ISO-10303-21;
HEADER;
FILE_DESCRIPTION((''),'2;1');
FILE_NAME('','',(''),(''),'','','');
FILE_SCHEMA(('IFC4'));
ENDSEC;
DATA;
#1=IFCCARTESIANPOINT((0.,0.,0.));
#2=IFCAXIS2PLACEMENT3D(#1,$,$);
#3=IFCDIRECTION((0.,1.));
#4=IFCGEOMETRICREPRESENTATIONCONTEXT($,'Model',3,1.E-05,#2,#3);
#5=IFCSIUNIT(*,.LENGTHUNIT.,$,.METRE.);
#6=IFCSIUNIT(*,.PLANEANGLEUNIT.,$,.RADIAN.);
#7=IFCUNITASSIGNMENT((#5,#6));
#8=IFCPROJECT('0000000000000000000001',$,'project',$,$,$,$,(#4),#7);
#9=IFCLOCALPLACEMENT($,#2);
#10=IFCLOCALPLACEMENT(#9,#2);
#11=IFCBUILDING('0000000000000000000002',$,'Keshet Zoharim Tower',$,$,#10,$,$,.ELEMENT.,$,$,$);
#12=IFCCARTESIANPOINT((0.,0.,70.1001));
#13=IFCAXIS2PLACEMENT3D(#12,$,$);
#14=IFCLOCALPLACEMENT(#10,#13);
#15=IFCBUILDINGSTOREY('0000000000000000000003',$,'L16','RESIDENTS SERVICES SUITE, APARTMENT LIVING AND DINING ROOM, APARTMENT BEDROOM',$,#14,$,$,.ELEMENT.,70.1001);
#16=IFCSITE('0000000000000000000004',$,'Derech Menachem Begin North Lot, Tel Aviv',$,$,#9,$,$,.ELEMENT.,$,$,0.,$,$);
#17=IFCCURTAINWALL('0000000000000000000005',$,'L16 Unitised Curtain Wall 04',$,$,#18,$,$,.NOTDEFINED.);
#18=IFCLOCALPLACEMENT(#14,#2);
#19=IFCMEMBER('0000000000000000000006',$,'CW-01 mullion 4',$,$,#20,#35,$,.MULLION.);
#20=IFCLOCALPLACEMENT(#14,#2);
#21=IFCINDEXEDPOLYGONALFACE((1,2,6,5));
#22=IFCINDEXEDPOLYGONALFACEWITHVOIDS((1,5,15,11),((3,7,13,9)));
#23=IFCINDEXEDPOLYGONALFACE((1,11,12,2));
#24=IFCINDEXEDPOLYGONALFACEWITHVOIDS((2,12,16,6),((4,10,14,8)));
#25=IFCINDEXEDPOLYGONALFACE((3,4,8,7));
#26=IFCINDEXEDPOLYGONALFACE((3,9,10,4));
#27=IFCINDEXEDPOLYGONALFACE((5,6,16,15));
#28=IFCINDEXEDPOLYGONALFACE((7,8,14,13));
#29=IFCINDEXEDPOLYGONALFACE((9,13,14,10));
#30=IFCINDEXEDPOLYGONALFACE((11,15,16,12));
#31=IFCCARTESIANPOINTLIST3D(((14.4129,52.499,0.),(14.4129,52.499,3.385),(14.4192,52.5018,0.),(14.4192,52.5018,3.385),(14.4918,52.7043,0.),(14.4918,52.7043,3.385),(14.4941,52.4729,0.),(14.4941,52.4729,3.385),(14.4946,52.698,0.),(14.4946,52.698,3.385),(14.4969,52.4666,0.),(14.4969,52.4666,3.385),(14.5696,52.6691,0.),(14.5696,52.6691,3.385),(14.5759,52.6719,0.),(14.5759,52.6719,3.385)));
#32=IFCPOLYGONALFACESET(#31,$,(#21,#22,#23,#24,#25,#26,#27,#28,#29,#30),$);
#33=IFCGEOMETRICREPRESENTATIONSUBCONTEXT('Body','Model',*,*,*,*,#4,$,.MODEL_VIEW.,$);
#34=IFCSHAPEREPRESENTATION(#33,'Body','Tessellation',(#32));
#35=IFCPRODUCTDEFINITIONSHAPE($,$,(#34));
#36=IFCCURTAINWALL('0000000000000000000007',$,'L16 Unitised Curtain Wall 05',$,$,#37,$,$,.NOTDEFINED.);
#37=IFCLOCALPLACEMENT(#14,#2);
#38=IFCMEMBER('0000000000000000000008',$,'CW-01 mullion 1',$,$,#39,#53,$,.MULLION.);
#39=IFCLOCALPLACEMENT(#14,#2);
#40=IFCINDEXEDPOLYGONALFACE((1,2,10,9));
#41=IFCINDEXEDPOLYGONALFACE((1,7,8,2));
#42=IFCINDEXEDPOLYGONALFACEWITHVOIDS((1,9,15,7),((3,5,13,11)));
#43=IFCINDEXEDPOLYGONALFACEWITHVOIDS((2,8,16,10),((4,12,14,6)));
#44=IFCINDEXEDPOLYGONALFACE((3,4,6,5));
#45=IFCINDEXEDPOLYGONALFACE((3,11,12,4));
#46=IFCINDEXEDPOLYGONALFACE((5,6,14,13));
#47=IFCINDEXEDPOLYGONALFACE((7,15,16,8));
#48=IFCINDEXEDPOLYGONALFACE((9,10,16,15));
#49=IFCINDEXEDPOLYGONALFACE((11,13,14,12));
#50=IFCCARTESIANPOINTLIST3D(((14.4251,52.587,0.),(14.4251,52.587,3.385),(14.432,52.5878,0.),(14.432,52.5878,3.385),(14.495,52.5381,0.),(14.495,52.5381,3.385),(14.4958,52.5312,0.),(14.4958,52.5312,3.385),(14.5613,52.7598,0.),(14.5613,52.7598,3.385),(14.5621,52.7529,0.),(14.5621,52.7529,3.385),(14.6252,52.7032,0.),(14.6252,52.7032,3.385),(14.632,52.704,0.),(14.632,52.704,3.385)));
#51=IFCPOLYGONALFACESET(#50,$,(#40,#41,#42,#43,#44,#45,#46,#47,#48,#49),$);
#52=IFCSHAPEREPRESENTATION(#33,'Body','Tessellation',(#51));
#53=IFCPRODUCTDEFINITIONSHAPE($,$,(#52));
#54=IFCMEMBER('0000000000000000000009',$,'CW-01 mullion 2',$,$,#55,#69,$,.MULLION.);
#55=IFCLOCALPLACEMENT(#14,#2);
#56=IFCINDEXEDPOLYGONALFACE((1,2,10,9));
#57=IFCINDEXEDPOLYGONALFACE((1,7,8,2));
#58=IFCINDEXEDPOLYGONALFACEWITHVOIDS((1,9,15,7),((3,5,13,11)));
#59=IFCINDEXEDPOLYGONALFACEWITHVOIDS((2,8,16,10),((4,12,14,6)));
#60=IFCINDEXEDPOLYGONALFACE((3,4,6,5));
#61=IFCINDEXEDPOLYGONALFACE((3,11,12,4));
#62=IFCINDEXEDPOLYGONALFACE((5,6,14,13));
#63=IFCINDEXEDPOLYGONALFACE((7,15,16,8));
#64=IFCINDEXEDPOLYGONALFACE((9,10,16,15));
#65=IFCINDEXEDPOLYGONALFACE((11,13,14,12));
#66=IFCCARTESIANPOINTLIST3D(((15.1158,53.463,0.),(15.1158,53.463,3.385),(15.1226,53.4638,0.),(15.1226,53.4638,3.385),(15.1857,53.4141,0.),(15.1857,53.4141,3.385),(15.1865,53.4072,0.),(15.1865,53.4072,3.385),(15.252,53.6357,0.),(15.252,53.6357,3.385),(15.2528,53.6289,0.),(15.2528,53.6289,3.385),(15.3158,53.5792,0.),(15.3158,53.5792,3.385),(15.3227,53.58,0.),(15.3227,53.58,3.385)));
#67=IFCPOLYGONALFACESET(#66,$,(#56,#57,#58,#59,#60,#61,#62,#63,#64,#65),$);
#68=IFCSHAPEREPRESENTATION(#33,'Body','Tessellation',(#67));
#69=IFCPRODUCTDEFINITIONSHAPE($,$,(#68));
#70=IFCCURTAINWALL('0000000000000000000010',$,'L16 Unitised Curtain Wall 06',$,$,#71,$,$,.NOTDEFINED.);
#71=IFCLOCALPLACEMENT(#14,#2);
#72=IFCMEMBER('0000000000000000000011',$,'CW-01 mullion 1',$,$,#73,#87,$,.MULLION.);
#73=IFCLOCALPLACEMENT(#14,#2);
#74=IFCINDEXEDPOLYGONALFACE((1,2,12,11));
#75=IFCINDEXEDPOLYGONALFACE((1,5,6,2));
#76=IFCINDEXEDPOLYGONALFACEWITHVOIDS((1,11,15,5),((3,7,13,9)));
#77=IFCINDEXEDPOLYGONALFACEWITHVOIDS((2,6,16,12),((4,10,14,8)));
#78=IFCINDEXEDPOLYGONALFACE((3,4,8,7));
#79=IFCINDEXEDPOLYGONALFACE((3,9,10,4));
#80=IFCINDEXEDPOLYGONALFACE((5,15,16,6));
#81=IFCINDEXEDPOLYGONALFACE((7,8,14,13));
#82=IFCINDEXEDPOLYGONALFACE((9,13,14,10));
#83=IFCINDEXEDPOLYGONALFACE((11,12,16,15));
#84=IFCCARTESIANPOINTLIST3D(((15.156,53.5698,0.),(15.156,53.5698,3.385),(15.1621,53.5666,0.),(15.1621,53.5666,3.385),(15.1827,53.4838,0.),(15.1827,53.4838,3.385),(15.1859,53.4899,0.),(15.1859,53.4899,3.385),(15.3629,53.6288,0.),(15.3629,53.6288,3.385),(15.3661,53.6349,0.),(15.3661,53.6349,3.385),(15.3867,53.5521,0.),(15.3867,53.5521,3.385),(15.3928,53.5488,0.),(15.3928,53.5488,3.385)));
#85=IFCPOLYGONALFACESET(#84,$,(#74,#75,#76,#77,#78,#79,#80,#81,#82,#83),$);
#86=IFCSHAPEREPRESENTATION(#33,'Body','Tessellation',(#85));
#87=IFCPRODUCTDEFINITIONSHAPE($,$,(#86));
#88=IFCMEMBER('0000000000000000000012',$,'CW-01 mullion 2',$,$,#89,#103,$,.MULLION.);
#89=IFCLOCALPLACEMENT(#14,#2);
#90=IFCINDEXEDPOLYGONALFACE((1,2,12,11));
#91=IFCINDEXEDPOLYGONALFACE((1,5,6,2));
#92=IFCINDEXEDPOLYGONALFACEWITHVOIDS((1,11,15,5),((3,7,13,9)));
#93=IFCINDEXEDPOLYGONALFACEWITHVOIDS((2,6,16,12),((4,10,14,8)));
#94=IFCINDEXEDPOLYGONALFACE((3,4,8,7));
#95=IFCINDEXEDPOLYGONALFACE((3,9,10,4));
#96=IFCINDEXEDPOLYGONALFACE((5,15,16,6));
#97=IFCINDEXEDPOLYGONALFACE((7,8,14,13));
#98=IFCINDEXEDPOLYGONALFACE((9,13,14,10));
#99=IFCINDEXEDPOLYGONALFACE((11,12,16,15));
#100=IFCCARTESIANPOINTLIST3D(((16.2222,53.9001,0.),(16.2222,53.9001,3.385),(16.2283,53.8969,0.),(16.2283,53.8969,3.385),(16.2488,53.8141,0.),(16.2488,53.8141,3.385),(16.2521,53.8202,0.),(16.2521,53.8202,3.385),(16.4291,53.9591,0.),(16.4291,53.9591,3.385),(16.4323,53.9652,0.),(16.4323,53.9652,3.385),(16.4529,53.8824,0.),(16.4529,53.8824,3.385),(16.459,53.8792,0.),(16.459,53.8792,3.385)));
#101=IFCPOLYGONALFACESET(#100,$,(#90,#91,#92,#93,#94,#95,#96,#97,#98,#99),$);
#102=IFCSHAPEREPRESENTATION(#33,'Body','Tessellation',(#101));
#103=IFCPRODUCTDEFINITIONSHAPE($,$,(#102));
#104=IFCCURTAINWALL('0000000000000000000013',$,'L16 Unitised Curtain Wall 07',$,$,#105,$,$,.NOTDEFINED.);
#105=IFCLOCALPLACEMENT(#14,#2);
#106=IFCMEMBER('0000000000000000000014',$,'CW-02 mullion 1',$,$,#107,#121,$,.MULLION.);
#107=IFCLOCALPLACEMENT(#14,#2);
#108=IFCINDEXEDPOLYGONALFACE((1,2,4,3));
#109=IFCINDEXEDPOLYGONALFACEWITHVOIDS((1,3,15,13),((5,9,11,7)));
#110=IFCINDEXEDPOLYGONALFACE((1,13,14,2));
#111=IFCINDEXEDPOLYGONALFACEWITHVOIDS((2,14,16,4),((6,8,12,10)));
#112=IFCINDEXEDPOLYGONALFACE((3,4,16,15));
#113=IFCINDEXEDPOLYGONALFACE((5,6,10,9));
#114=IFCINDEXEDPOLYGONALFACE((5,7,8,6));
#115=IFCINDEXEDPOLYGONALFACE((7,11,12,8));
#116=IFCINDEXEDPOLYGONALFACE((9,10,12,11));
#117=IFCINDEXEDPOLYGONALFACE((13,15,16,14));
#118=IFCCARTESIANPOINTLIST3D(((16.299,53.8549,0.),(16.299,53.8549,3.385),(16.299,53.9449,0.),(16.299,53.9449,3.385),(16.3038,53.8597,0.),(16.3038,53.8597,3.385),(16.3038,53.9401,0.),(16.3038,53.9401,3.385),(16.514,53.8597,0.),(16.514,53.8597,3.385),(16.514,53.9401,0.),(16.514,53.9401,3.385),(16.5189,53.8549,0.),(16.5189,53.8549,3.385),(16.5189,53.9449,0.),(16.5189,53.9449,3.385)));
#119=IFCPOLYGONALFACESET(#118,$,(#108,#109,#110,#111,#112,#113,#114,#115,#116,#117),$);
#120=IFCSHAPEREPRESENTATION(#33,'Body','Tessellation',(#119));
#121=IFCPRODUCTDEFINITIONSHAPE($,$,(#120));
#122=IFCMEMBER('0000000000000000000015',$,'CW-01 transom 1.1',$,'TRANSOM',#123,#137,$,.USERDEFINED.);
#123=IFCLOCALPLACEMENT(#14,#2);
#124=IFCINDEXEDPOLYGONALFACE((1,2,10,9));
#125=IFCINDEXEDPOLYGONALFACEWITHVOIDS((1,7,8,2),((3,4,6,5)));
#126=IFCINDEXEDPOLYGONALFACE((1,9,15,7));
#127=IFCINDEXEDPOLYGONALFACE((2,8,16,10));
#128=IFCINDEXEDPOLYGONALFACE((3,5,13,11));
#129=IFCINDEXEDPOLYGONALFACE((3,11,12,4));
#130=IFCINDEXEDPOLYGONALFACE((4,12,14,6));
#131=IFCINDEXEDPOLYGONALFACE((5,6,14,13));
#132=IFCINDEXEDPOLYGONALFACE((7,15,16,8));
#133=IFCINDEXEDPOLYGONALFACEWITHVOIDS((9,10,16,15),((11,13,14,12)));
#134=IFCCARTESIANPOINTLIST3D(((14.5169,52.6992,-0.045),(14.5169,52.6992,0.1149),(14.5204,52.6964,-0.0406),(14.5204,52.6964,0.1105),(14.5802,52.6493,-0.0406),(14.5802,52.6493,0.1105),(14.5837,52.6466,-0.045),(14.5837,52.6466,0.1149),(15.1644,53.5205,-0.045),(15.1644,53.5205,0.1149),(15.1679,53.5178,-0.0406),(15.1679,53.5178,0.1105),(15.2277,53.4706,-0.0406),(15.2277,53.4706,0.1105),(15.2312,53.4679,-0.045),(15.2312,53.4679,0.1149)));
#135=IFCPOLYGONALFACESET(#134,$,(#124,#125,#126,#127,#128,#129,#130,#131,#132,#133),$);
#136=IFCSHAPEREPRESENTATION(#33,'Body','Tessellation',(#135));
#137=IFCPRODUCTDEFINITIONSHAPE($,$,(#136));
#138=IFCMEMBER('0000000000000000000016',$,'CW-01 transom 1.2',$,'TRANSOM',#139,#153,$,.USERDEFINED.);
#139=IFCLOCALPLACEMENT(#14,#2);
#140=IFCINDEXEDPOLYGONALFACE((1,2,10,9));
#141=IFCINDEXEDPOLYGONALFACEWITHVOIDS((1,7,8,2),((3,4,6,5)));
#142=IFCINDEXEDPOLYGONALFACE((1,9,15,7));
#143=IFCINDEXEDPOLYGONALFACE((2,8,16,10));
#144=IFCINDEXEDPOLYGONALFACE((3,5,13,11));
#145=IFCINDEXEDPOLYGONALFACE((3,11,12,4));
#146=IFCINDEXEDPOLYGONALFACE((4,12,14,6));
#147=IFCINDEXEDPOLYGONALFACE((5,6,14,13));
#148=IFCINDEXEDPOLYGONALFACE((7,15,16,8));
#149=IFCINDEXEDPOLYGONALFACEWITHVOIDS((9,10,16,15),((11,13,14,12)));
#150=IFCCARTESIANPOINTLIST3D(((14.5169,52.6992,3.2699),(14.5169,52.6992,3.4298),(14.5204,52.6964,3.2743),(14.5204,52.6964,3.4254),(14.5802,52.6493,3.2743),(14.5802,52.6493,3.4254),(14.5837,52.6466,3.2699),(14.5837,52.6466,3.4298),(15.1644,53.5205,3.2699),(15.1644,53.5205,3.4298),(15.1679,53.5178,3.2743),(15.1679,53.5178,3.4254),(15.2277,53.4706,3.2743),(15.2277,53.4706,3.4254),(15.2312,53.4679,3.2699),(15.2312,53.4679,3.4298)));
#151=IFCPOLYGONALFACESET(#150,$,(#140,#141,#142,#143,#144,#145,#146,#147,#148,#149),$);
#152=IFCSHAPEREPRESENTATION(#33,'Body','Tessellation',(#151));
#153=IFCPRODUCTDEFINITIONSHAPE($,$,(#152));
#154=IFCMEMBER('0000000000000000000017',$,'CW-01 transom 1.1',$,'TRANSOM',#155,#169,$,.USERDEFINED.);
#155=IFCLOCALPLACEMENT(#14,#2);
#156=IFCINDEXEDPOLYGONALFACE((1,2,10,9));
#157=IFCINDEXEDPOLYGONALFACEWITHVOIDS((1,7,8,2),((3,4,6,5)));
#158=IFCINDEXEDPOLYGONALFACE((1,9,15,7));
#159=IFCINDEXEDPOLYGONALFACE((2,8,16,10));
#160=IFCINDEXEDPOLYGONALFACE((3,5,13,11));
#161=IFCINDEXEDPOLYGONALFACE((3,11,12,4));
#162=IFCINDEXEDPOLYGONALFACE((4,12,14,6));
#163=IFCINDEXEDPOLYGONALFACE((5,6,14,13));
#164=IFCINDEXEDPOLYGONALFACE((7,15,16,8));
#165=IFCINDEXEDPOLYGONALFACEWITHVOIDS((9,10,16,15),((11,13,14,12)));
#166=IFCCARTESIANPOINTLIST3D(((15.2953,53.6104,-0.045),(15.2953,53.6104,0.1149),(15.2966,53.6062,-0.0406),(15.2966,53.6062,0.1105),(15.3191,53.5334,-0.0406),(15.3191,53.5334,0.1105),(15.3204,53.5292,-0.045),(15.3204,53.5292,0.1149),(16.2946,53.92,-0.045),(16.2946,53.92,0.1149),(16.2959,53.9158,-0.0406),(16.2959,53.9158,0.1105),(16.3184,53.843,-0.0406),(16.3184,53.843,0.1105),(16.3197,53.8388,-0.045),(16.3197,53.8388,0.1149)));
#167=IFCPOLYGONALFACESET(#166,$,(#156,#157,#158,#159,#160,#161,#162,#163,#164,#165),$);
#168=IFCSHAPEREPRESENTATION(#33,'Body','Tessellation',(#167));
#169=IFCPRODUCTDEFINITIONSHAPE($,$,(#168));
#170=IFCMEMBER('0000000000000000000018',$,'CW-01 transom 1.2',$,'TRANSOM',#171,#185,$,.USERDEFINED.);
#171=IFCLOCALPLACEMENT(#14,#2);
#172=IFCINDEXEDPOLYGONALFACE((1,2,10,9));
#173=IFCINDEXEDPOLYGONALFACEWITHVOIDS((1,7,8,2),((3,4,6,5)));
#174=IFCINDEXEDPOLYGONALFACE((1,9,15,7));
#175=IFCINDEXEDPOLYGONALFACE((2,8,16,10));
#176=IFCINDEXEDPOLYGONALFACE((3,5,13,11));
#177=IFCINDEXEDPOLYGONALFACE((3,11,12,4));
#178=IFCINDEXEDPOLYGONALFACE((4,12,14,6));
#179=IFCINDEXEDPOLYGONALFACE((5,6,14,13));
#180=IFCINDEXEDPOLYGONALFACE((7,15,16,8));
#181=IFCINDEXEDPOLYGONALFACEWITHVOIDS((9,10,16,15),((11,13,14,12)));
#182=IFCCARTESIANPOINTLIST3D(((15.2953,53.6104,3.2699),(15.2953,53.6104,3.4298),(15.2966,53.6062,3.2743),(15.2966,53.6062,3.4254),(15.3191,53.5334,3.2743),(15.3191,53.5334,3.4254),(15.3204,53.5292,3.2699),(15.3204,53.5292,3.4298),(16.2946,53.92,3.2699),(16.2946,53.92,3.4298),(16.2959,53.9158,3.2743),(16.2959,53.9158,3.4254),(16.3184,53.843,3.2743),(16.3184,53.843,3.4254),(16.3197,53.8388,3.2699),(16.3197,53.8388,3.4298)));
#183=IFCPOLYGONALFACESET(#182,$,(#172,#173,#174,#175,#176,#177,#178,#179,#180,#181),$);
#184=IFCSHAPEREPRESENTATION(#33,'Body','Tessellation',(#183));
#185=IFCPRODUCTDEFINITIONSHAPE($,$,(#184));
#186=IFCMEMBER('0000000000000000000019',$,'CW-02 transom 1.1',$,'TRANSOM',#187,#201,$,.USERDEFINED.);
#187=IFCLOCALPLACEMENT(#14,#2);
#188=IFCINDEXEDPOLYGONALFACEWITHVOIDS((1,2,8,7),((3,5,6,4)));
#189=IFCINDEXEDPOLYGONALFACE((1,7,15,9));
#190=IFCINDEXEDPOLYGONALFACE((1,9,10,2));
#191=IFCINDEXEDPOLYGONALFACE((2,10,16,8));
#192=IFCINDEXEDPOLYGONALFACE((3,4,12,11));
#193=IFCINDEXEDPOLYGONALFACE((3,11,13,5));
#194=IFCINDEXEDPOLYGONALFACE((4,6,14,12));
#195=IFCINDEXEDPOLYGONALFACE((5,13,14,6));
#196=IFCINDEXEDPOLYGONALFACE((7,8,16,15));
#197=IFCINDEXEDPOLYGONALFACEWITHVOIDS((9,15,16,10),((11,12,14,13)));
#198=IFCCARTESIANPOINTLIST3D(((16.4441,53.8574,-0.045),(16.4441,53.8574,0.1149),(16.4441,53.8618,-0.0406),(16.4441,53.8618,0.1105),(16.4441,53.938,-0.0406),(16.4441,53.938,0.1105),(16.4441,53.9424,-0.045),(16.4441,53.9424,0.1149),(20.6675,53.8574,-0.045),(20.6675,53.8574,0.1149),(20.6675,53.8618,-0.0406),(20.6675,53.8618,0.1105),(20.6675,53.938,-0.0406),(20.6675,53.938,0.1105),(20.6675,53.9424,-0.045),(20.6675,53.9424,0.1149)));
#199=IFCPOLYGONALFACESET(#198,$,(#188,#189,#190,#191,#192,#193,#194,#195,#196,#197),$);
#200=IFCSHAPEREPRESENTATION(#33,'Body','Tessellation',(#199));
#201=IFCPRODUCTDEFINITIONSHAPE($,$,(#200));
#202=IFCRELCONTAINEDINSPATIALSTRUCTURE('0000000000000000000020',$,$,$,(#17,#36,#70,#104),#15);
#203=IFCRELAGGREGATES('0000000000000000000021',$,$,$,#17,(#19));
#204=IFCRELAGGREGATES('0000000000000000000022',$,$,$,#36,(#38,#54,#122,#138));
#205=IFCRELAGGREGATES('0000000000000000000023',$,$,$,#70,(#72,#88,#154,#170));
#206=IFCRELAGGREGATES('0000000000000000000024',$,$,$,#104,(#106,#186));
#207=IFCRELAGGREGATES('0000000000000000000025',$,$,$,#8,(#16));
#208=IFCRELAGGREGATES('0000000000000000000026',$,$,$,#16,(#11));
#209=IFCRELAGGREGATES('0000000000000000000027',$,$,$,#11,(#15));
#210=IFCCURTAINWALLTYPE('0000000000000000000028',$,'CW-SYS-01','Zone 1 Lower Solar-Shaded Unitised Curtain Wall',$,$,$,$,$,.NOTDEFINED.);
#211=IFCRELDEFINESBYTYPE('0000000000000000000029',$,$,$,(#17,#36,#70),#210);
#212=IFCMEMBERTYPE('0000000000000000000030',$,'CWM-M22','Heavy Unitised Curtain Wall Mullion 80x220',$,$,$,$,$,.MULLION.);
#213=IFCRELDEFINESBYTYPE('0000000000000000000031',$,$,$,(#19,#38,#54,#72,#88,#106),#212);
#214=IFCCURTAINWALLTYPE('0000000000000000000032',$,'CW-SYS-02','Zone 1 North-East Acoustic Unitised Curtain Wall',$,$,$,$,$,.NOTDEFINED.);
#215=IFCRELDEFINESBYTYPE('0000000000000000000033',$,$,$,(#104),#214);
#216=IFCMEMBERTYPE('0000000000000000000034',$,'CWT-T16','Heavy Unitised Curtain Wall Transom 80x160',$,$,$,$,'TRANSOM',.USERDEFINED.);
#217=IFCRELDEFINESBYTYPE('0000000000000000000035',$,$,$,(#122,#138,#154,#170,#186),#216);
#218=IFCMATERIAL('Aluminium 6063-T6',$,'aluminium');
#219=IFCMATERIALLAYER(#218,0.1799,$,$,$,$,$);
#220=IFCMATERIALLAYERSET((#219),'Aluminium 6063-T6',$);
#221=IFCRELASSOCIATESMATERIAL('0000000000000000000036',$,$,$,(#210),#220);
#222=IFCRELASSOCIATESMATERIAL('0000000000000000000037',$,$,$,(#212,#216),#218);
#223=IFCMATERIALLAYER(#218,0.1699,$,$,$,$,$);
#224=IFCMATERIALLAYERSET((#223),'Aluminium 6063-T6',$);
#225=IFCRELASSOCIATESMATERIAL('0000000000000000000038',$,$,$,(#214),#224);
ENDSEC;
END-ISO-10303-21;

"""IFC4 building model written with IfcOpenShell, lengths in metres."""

from ifc_helpers import new_model, si_unit, direction, frame, origin, origin_2d, place, context, subcontext, project, spatial, hollow_rectangle, extrude, material, layer, layer_set, material_profile, profile_set, type_object, element, aggregate, save


model = new_model("IFC4")

# Units and contexts
model_context = context("Model", 3, precision=1e-05, world=origin(), true_north=direction((0.0, 1.0)))
body_context = subcontext(model_context, "Body", "Model", "MODEL_VIEW")
ifc_project = project(units=[si_unit("LENGTHUNIT", "METRE"), si_unit("PLANEANGLEUNIT", "RADIAN")], contexts=[model_context])

# Site, building, storey
site_placement = place(None, origin())
site = spatial("IfcSite", under=ifc_project, at=site_placement, Name="Derech Menachem Begin North Lot, Tel Aviv", CompositionType="ELEMENT", RefElevation=0.0)
building_placement = place(site_placement, origin())
building = spatial("IfcBuilding", under=site, at=building_placement, Name="Keshet Zoharim Tower", CompositionType="ELEMENT")
storey_placement = place(building_placement, frame((0.0, 0.0, 70.1001)))
storey = spatial("IfcBuildingStorey", under=building, at=storey_placement, Name="L16", Description="RESIDENTS SERVICES SUITE, APARTMENT LIVING AND DINING ROOM, APARTMENT BEDROOM", CompositionType="ELEMENT", Elevation=70.1001)

# Curtain wall, member
ifc_material_1 = material(Name="Aluminium 6063-T6", Category="aluminium")
ifc_layer_1 = layer(ifc_material_1, 0.1799)
ifc_layer_set_1 = layer_set([ifc_layer_1], Name="Aluminium 6063-T6")
curtain_wall_type_1 = type_object("IfcCurtainWallType", Name="CW-SYS-01", Description="Zone 1 Lower Solar-Shaded Unitised Curtain Wall", PredefinedType="NOTDEFINED", material=ifc_layer_set_1)
curtain_wall_1_placement = place(storey_placement, origin())
curtain_wall_1 = element("IfcCurtainWall", 1, at=curtain_wall_1_placement, inside=storey, type_object=curtain_wall_type_1, Name="L16 Unitised Curtain Wall 04", PredefinedType="NOTDEFINED")
ifc_material_profile_1 = material_profile(ifc_material_1, hollow_rectangle(XDim=0.0901, YDim=0.22, WallThickness=0.0049, at=origin_2d()), Name="MUL-90x220")
ifc_profile_set_1 = profile_set([ifc_material_profile_1], Name="Aluminium 6063-T6")
member_type_1 = type_object("IfcMemberType", Name="CWM-M22", Description="Heavy Unitised Curtain Wall Mullion 80x220", PredefinedType="MULLION", material=ifc_profile_set_1)
member_1_placement = place(storey_placement, frame((14.4944, 52.5854, 0.0), z_axis=(0.0, 0.0, 1.0), x_axis=(-0.933341, 0.35899, 0.0)))
member_1 = element("IfcMember", 2, at=member_1_placement, type_object=member_type_1, Name="CW-01 mullion 4", PredefinedType="MULLION", context=body_context, shape_type="SweptSolid", body=[
    extrude(hollow_rectangle(XDim=0.0901, YDim=0.22, WallThickness=0.0049, at=origin_2d()), origin(), (0.0, 0.0, 1.0), 3.385),
])

# Curtain walls, members
curtain_wall_2_placement = place(storey_placement, origin())
curtain_wall_2 = element("IfcCurtainWall", 3, at=curtain_wall_2_placement, inside=storey, type_object=curtain_wall_type_1, Name="L16 Unitised Curtain Wall 05", PredefinedType="NOTDEFINED")
member_2_placement = place(storey_placement, frame((14.5286, 52.6455, 0.0), z_axis=(0.0, 0.0, 1.0), x_axis=(-0.785293, 0.619125, 0.0)))
member_2 = element("IfcMember", 4, at=member_2_placement, type_object=member_type_1, Name="CW-01 mullion 1", PredefinedType="MULLION", context=body_context, shape_type="SweptSolid", body=[
    extrude(hollow_rectangle(XDim=0.0901, YDim=0.22, WallThickness=0.0049, at=origin_2d()), origin(), (0.0, 0.0, 1.0), 3.385),
])
member_3_placement = place(storey_placement, frame((15.2192, 53.5215, 0.0), z_axis=(0.0, 0.0, 1.0), x_axis=(-0.785293, 0.619125, 0.0)))
member_3 = element("IfcMember", 5, at=member_3_placement, type_object=member_type_1, Name="CW-01 mullion 2", PredefinedType="MULLION", context=body_context, shape_type="SweptSolid", body=[
    extrude(hollow_rectangle(XDim=0.0901, YDim=0.22, WallThickness=0.0049, at=origin_2d()), origin(), (0.0, 0.0, 1.0), 3.385),
])
curtain_wall_3_placement = place(storey_placement, origin())
curtain_wall_3 = element("IfcCurtainWall", 6, at=curtain_wall_3_placement, inside=storey, type_object=curtain_wall_type_1, Name="L16 Unitised Curtain Wall 06", PredefinedType="NOTDEFINED")
member_4_placement = place(storey_placement, frame((15.2744, 53.5593, 0.0), z_axis=(0.0, 0.0, 1.0), x_axis=(-0.295922, 0.955212, 0.0)))
member_4 = element("IfcMember", 7, at=member_4_placement, type_object=member_type_1, Name="CW-01 mullion 1", PredefinedType="MULLION", context=body_context, shape_type="SweptSolid", body=[
    extrude(hollow_rectangle(XDim=0.0901, YDim=0.22, WallThickness=0.0049, at=origin_2d()), origin(), (0.0, 0.0, 1.0), 3.385),
])
member_5_placement = place(storey_placement, frame((16.3406, 53.8896, 0.0), z_axis=(0.0, 0.0, 1.0), x_axis=(-0.295922, 0.955212, 0.0)))
member_5 = element("IfcMember", 8, at=member_5_placement, type_object=member_type_1, Name="CW-01 mullion 2", PredefinedType="MULLION", context=body_context, shape_type="SweptSolid", body=[
    extrude(hollow_rectangle(XDim=0.0901, YDim=0.22, WallThickness=0.0049, at=origin_2d()), origin(), (0.0, 0.0, 1.0), 3.385),
])

# Curtain wall, member
ifc_layer_2 = layer(ifc_material_1, 0.1699)
ifc_layer_set_2 = layer_set([ifc_layer_2], Name="Aluminium 6063-T6")
curtain_wall_type_2 = type_object("IfcCurtainWallType", Name="CW-SYS-02", Description="Zone 1 North-East Acoustic Unitised Curtain Wall", PredefinedType="NOTDEFINED", material=ifc_layer_set_2)
curtain_wall_4_placement = place(storey_placement, origin())
curtain_wall_4 = element("IfcCurtainWall", 9, at=curtain_wall_4_placement, inside=storey, type_object=curtain_wall_type_2, Name="L16 Unitised Curtain Wall 07", PredefinedType="NOTDEFINED")
member_6_placement = place(storey_placement, frame((16.4089, 53.8999, 0.0), z_axis=(0.0, 0.0, 1.0), x_axis=(0.0, 1.0, 0.0)))
member_6 = element("IfcMember", 10, at=member_6_placement, type_object=member_type_1, Name="CW-02 mullion 1", PredefinedType="MULLION", context=body_context, shape_type="SweptSolid", body=[
    extrude(hollow_rectangle(XDim=0.0901, YDim=0.22, WallThickness=0.0049, at=origin_2d()), origin(), (0.0, 0.0, 1.0), 3.385),
])

# Members
ifc_material_profile_2 = material_profile(ifc_material_1, hollow_rectangle(XDim=0.085, YDim=0.1599, WallThickness=0.0044, at=origin_2d()), Name="TRN-85x160")
ifc_profile_set_2 = profile_set([ifc_material_profile_2], Name="Aluminium 6063-T6")
member_type_2 = type_object("IfcMemberType", Name="CWT-T16", Description="Heavy Unitised Curtain Wall Transom 80x160", ElementType="TRANSOM", PredefinedType="USERDEFINED", material=ifc_profile_set_2)
member_7_placement = place(storey_placement, frame((14.5503, 52.6729, 0.0349), z_axis=(0.619099, 0.785313, 0.0), x_axis=(-0.785313, 0.619099, 0.0)))
member_7 = element("IfcMember", 11, at=member_7_placement, type_object=member_type_2, Name="CW-01 transom 1.1", ObjectType="TRANSOM", PredefinedType="USERDEFINED", context=body_context, shape_type="SweptSolid", body=[
    extrude(hollow_rectangle(XDim=0.085, YDim=0.1599, WallThickness=0.0044, at=origin_2d()), origin(), (0.0, 0.0, 1.0), 1.0459),
])
member_8_placement = place(storey_placement, frame((14.5503, 52.6729, 3.3499), z_axis=(0.619099, 0.785313, 0.0), x_axis=(-0.785313, 0.619099, 0.0)))
member_8 = element("IfcMember", 12, at=member_8_placement, type_object=member_type_2, Name="CW-01 transom 1.2", ObjectType="TRANSOM", PredefinedType="USERDEFINED", context=body_context, shape_type="SweptSolid", body=[
    extrude(hollow_rectangle(XDim=0.085, YDim=0.1599, WallThickness=0.0044, at=origin_2d()), origin(), (0.0, 0.0, 1.0), 1.0459),
])
member_9_placement = place(storey_placement, frame((15.3079, 53.5698, 0.0349), z_axis=(0.955212, 0.295922, 0.0), x_axis=(-0.295922, 0.955212, 0.0)))
member_9 = element("IfcMember", 13, at=member_9_placement, type_object=member_type_2, Name="CW-01 transom 1.1", ObjectType="TRANSOM", PredefinedType="USERDEFINED", context=body_context, shape_type="SweptSolid", body=[
    extrude(hollow_rectangle(XDim=0.085, YDim=0.1599, WallThickness=0.0044, at=origin_2d()), origin(), (0.0, 0.0, 1.0), 1.0461),
])
member_10_placement = place(storey_placement, frame((15.3079, 53.5698, 3.3499), z_axis=(0.955212, 0.295922, 0.0), x_axis=(-0.295922, 0.955212, 0.0)))
member_10 = element("IfcMember", 14, at=member_10_placement, type_object=member_type_2, Name="CW-01 transom 1.2", ObjectType="TRANSOM", PredefinedType="USERDEFINED", context=body_context, shape_type="SweptSolid", body=[
    extrude(hollow_rectangle(XDim=0.085, YDim=0.1599, WallThickness=0.0044, at=origin_2d()), origin(), (0.0, 0.0, 1.0), 1.0461),
])
member_11_placement = place(storey_placement, frame((16.4441, 53.8999, 0.0349), z_axis=(1.0, 0.0, 0.0), x_axis=(0.0, 1.0, 0.0)))
member_11 = element("IfcMember", 15, at=member_11_placement, type_object=member_type_2, Name="CW-02 transom 1.1", ObjectType="TRANSOM", PredefinedType="USERDEFINED", context=body_context, shape_type="SweptSolid", body=[
    extrude(hollow_rectangle(XDim=0.085, YDim=0.1599, WallThickness=0.0044, at=origin_2d()), origin(), (0.0, 0.0, 1.0), 4.2234),
])

aggregate(curtain_wall_1, [member_1])
aggregate(curtain_wall_2, [member_2, member_3, member_7, member_8])
aggregate(curtain_wall_3, [member_4, member_5, member_9, member_10])
aggregate(curtain_wall_4, [member_6, member_11])

save(model, "model.ifc")
